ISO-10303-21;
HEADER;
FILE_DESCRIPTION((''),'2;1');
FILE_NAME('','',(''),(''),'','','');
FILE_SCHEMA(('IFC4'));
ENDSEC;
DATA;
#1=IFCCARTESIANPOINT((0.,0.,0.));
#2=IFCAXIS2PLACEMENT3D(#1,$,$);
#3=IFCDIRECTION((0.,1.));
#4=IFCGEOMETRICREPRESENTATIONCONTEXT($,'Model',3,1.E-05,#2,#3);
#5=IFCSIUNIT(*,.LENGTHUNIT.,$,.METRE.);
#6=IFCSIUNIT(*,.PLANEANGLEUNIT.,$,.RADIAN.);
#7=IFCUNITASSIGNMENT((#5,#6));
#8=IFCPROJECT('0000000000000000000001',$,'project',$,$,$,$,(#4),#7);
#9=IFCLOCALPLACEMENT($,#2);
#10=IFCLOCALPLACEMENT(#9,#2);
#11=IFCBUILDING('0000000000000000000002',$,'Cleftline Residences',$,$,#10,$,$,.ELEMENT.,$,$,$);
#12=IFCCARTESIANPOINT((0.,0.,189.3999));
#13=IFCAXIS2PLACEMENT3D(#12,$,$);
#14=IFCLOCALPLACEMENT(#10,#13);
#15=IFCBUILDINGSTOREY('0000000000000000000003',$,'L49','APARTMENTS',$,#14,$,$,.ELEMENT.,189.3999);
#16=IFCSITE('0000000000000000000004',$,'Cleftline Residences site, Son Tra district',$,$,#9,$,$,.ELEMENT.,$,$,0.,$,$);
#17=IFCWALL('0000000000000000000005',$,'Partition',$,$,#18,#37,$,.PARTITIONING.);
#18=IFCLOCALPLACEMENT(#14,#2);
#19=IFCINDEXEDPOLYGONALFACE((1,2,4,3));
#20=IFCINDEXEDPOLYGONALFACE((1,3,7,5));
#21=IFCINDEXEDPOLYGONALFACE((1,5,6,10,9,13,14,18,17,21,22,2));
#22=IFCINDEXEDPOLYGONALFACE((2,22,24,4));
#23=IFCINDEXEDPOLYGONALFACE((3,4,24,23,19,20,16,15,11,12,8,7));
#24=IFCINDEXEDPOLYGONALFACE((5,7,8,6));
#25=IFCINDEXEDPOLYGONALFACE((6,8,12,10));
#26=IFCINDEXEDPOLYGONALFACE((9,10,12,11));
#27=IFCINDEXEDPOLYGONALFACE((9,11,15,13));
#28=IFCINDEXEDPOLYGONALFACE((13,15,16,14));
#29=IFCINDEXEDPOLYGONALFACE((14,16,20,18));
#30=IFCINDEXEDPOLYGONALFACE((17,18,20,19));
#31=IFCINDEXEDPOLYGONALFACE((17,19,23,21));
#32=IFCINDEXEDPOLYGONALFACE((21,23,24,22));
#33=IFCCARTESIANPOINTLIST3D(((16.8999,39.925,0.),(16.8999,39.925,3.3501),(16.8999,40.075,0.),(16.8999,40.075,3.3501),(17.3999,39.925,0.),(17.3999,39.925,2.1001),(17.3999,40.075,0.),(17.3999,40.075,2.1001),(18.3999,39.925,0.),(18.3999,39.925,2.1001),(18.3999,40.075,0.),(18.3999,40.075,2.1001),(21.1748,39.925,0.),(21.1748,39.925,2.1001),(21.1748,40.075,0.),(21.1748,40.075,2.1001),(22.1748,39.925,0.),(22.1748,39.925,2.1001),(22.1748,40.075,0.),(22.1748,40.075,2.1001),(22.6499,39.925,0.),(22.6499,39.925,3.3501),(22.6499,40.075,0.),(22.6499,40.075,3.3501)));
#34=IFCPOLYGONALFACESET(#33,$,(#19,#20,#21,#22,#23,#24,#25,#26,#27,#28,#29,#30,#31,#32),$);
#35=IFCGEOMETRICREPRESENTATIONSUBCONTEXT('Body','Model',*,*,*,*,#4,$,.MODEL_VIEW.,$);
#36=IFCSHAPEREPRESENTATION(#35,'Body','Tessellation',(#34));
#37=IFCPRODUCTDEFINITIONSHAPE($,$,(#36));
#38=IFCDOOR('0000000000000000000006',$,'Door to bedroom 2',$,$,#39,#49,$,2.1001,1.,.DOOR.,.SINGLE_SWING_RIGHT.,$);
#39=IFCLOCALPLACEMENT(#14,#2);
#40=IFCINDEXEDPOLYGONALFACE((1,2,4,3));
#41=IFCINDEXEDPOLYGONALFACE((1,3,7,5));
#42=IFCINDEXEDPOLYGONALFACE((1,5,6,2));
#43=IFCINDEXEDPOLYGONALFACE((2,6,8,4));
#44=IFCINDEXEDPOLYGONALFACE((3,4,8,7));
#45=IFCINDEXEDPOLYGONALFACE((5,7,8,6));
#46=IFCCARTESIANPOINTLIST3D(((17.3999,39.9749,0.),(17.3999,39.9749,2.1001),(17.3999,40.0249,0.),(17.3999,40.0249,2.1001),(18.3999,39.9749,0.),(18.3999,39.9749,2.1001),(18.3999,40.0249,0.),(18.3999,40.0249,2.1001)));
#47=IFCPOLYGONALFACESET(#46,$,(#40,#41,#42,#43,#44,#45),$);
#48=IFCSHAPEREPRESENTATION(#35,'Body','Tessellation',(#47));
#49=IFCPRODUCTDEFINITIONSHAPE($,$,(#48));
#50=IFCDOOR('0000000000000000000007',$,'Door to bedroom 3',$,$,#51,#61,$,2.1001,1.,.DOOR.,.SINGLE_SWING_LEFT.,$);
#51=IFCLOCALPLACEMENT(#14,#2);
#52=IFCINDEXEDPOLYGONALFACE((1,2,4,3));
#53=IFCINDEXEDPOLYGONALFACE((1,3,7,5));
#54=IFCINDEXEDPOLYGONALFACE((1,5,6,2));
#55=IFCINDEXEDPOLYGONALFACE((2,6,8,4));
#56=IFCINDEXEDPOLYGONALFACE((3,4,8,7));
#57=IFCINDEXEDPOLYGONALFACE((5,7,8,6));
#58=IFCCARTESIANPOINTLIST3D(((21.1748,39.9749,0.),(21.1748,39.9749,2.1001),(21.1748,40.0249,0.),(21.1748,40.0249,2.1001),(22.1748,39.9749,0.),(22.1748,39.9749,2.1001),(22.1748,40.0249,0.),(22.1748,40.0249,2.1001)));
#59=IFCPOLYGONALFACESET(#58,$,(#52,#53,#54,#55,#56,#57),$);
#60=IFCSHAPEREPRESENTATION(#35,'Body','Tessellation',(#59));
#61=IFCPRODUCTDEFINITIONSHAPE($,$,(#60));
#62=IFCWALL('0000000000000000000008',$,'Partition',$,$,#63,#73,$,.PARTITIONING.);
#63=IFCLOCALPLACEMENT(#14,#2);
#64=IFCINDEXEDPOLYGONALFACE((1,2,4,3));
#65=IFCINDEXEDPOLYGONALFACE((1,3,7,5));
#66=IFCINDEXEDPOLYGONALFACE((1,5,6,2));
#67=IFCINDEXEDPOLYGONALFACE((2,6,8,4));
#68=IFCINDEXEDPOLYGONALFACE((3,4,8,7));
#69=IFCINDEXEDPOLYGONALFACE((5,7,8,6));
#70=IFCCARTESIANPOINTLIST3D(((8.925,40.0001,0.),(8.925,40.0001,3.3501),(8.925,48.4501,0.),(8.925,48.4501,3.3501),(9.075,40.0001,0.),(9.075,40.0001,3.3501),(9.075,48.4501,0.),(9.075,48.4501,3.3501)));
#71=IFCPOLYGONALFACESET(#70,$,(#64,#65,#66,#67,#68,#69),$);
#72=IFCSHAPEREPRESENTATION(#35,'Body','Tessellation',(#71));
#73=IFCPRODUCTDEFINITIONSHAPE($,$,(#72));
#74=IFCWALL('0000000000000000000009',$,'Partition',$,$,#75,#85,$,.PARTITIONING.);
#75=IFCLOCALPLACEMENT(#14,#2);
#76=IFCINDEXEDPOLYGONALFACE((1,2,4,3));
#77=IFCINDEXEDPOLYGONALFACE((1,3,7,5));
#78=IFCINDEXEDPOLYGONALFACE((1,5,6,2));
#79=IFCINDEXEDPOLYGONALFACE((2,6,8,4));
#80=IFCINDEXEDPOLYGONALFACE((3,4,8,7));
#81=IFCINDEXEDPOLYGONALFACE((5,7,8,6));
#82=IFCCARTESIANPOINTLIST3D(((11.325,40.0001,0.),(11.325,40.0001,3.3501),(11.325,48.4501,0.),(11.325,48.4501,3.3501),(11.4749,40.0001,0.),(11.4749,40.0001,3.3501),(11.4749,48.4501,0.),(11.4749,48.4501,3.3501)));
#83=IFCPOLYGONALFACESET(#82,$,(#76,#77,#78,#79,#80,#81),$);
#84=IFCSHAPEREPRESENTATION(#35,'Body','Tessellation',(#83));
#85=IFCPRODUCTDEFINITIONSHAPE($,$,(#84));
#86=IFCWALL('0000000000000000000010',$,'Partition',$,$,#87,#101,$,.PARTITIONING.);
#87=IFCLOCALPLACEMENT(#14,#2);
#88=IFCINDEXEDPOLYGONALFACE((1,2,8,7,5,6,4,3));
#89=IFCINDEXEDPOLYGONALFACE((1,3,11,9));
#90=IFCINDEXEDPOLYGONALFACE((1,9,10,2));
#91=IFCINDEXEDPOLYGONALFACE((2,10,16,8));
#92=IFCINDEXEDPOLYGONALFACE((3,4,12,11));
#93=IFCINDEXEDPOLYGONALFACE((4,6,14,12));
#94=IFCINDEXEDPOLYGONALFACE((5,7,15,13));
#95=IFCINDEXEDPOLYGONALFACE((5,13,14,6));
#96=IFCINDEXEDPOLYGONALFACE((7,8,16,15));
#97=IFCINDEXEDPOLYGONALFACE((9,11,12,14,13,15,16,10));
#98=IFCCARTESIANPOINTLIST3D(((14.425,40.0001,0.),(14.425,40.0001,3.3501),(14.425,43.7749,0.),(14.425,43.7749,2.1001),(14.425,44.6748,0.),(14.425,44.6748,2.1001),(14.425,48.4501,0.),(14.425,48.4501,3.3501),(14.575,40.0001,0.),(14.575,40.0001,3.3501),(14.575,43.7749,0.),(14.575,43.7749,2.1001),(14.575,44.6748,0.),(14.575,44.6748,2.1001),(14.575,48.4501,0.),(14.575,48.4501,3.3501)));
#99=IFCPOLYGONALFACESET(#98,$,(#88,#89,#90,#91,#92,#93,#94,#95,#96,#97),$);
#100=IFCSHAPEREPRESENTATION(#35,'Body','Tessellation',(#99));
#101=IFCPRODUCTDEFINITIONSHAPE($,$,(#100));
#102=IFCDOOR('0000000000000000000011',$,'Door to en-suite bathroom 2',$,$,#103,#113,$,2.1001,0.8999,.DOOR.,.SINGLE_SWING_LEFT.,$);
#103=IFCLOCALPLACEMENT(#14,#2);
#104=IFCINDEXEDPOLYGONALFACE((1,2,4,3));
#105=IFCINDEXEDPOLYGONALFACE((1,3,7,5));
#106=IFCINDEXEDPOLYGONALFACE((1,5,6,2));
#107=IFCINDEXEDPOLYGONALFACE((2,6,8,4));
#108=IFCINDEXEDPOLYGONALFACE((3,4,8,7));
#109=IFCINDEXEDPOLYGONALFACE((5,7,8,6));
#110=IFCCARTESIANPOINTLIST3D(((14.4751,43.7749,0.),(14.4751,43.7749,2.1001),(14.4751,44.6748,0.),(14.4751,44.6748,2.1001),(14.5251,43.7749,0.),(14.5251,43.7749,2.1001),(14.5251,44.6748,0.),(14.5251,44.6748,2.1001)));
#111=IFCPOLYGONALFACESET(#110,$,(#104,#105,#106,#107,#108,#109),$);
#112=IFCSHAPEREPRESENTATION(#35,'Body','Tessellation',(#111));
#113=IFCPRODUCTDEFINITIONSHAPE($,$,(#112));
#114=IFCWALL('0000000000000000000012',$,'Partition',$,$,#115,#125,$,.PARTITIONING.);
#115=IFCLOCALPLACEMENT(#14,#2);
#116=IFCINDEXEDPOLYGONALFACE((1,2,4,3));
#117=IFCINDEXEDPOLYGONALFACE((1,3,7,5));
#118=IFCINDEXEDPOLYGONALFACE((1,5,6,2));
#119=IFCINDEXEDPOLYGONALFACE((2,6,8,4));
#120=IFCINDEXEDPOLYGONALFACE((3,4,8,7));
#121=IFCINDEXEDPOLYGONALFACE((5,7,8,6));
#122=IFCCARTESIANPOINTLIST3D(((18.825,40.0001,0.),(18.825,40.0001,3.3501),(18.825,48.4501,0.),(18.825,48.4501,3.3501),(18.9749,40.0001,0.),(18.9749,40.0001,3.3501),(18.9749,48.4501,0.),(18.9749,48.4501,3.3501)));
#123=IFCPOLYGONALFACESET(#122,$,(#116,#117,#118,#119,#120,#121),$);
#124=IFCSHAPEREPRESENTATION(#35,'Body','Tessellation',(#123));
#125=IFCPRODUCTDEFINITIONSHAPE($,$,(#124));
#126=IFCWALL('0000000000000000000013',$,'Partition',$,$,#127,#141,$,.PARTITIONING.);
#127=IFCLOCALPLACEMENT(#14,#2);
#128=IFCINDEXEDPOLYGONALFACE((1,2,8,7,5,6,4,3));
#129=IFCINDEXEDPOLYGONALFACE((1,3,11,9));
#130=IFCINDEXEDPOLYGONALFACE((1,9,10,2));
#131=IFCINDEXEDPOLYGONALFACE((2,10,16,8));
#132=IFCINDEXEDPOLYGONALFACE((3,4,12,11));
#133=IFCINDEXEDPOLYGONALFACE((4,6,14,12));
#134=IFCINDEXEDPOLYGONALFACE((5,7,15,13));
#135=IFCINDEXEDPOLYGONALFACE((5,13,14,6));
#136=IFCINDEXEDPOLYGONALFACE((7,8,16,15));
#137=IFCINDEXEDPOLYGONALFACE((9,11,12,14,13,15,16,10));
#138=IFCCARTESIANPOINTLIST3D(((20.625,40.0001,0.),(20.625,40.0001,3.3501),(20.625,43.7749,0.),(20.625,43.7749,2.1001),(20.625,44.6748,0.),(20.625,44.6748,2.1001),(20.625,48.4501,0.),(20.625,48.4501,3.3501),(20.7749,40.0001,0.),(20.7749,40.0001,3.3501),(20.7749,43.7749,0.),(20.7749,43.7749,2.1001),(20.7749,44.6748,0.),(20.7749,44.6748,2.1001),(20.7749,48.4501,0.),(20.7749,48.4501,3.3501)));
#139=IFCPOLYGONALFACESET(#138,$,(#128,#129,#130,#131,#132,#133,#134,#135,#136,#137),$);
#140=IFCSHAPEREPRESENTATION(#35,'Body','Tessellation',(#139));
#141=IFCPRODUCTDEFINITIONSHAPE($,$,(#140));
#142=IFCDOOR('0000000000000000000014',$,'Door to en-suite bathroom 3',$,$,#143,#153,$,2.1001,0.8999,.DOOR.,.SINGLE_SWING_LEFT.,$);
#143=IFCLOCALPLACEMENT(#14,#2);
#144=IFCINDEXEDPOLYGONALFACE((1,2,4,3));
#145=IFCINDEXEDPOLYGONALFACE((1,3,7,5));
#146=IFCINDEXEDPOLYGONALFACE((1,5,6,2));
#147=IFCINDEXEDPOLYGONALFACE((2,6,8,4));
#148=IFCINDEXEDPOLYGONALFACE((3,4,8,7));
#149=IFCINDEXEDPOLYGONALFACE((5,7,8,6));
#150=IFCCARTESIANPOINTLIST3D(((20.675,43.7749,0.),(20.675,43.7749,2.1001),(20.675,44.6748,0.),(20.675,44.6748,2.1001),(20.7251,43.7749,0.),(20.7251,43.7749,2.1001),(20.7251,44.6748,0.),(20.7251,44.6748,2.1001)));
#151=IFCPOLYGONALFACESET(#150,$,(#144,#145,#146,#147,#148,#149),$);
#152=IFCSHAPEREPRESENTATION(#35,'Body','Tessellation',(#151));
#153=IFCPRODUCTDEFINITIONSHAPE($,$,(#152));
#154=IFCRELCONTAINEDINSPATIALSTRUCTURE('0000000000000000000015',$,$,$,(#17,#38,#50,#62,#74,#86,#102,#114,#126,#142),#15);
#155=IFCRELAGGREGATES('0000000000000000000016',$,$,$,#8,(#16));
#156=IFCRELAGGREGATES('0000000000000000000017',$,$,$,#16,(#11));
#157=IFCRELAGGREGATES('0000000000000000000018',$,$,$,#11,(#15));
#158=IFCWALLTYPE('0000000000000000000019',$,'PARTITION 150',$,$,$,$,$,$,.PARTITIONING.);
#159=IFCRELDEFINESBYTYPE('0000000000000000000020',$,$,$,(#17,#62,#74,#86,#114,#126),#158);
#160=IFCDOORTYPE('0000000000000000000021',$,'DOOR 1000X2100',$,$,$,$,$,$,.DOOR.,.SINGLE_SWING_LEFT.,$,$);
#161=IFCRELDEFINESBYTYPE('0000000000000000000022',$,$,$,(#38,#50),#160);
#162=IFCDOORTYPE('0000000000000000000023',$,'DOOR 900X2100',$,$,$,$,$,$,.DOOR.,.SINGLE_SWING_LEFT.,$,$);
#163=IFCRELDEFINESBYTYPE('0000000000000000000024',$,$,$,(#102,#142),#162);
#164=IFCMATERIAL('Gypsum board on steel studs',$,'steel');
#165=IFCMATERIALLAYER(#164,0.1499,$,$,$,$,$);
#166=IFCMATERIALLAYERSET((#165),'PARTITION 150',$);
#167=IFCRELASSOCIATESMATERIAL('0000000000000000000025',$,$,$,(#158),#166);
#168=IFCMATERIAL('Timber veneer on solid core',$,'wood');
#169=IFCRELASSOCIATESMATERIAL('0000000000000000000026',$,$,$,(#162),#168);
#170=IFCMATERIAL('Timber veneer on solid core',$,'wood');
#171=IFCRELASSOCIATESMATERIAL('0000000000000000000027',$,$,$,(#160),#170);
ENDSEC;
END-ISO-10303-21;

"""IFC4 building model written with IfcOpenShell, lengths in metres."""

from ifc_helpers import new_model, si_unit, direction, frame, frame_2d, origin, place, context, subcontext, project, spatial, rectangle, extrude, material, layer, layer_set, type_object, element, fill, save


model = new_model("IFC4")

# Units and contexts
model_context = context("Model", 3, precision=1e-05, world=origin(), true_north=direction((0.0, 1.0)))
body_context = subcontext(model_context, "Body", "Model", "MODEL_VIEW")
ifc_project = project(units=[si_unit("LENGTHUNIT", "METRE"), si_unit("PLANEANGLEUNIT", "RADIAN")], contexts=[model_context])

# Site, building, storey
site_placement = place(None, origin())
site = spatial("IfcSite", under=ifc_project, at=site_placement, Name="Cleftline Residences site, Son Tra district", CompositionType="ELEMENT", RefElevation=0.0)
building_placement = place(site_placement, origin())
building = spatial("IfcBuilding", under=site, at=building_placement, Name="Cleftline Residences", CompositionType="ELEMENT")
storey_placement = place(building_placement, frame((0.0, 0.0, 189.3999)))
storey = spatial("IfcBuildingStorey", under=building, at=storey_placement, Name="L49", Description="APARTMENTS", CompositionType="ELEMENT", Elevation=189.3999)

# Shared definitions
ifc_material_1 = material(Name="Gypsum board on steel studs", Category="steel")
ifc_layer = layer(ifc_material_1, 0.1499)
ifc_layer_set = layer_set([ifc_layer], Name="PARTITION 150")
wall_type = type_object("IfcWallType", Name="PARTITION 150", PredefinedType="PARTITIONING", material=ifc_layer_set)
ifc_material_2 = material(Name="Timber veneer on solid core", Category="wood")
door_type_1 = type_object("IfcDoorType", Name="DOOR 900X2100", OperationType="SINGLE_SWING_LEFT", PredefinedType="DOOR", material=ifc_material_2)

# Wall, openings, doors
wall_1_placement = place(storey_placement, frame((16.8999, 40.0, 0.0), z_axis=(0.0, 0.0, 1.0), x_axis=(1.0, 0.0, 0.0)))
wall_1 = element("IfcWall", 1, at=wall_1_placement, inside=storey, type_object=wall_type, Name="Partition", PredefinedType="PARTITIONING", context=body_context, shape_type="SweptSolid", body=[
    extrude(rectangle(XDim=5.75, YDim=0.1499, at=frame_2d((2.875, 0.0))), origin(), (0.0, 0.0, 1.0), 3.3501),
])
opening_1_placement = place(wall_1_placement, frame((0.5, 0.0, 0.0)))
opening_1 = element("IfcOpeningElement", 2, at=opening_1_placement, cuts=wall_1, PredefinedType="OPENING", context=body_context, shape_type="SweptSolid", body=[
    extrude(rectangle(XDim=1.0, YDim=2.1001, at=frame_2d((0.5, 1.05))), frame((0.0, 0.085, 0.0), z_axis=(0.0, -1.0, 0.0), x_axis=(1.0, 0.0, 0.0)), (0.0, 0.0, 1.0), 0.1699),
])
opening_2_placement = place(wall_1_placement, frame((4.2749, 0.0, 0.0)))
opening_2 = element("IfcOpeningElement", 3, at=opening_2_placement, cuts=wall_1, PredefinedType="OPENING", context=body_context, shape_type="SweptSolid", body=[
    extrude(rectangle(XDim=1.0, YDim=2.1001, at=frame_2d((0.5, 1.05))), frame((0.0, 0.085, 0.0), z_axis=(0.0, -1.0, 0.0), x_axis=(1.0, 0.0, 0.0)), (0.0, 0.0, 1.0), 0.1699),
])
ifc_material_3 = material(Name="Timber veneer on solid core", Category="wood")
door_type_2 = type_object("IfcDoorType", Name="DOOR 1000X2100", OperationType="SINGLE_SWING_LEFT", PredefinedType="DOOR", material=ifc_material_3)
door_1_placement = place(opening_1_placement, origin())
door_1 = element("IfcDoor", 4, at=door_1_placement, inside=storey, type_object=door_type_2, Name="Door to bedroom 2", OperationType="SINGLE_SWING_RIGHT", OverallHeight=2.1001, OverallWidth=1.0, PredefinedType="DOOR", context=body_context, shape_type="SweptSolid", body=[
    extrude(rectangle(XDim=1.0, YDim=2.1001, at=frame_2d((0.5, 1.05))), frame((0.0, 0.0249, 0.0), z_axis=(0.0, -1.0, 0.0), x_axis=(1.0, 0.0, 0.0)), (0.0, 0.0, 1.0), 0.05),
])
fill(opening_1, door_1)
door_2_placement = place(opening_2_placement, origin())
door_2 = element("IfcDoor", 5, at=door_2_placement, inside=storey, type_object=door_type_2, Name="Door to bedroom 3", OperationType="SINGLE_SWING_LEFT", OverallHeight=2.1001, OverallWidth=1.0, PredefinedType="DOOR", context=body_context, shape_type="SweptSolid", body=[
    extrude(rectangle(XDim=1.0, YDim=2.1001, at=frame_2d((0.5, 1.05))), frame((0.0, 0.0249, 0.0), z_axis=(0.0, -1.0, 0.0), x_axis=(1.0, 0.0, 0.0)), (0.0, 0.0, 1.0), 0.05),
])
fill(opening_2, door_2)

# Walls
for number, where, z_axis, x_axis, name in (
    (6, (9.0, 40.0, 0.0), (0.0, 0.0, 1.0), (0.0, 1.0, 0.0), "Partition"),
    (7, (11.3999, 40.0, 0.0), (0.0, 0.0, 1.0), (0.0, 1.0, 0.0), "Partition"),
):
    element("IfcWall", number, at=place(storey_placement, frame(where, z_axis=z_axis, x_axis=x_axis)), inside=storey, type_object=wall_type, Name=name, PredefinedType="PARTITIONING", context=body_context, shape_type="SweptSolid", body=[
        extrude(rectangle(XDim=8.45, YDim=0.1499, at=frame_2d((4.2251, 0.0))), origin(), (0.0, 0.0, 1.0), 3.3501),
    ])

# Wall, opening, door
wall_2_placement = place(storey_placement, frame((14.5, 40.0, 0.0), z_axis=(0.0, 0.0, 1.0), x_axis=(0.0, 1.0, 0.0)))
wall_2 = element("IfcWall", 8, at=wall_2_placement, inside=storey, type_object=wall_type, Name="Partition", PredefinedType="PARTITIONING", context=body_context, shape_type="SweptSolid", body=[
    extrude(rectangle(XDim=8.45, YDim=0.1499, at=frame_2d((4.2251, 0.0))), origin(), (0.0, 0.0, 1.0), 3.3501),
])
opening_3_placement = place(wall_2_placement, frame((3.7749, 0.0, 0.0)))
opening_3 = element("IfcOpeningElement", 9, at=opening_3_placement, cuts=wall_2, PredefinedType="OPENING", context=body_context, shape_type="SweptSolid", body=[
    extrude(rectangle(XDim=0.8999, YDim=2.1001, at=frame_2d((0.45, 1.05))), frame((0.0, 0.085, 0.0), z_axis=(0.0, -1.0, 0.0), x_axis=(1.0, 0.0, 0.0)), (0.0, 0.0, 1.0), 0.1699),
])
door_3_placement = place(opening_3_placement, origin())
door_3 = element("IfcDoor", 10, at=door_3_placement, inside=storey, type_object=door_type_1, Name="Door to en-suite bathroom 2", OperationType="SINGLE_SWING_LEFT", OverallHeight=2.1001, OverallWidth=0.8999, PredefinedType="DOOR", context=body_context, shape_type="SweptSolid", body=[
    extrude(rectangle(XDim=0.8999, YDim=2.1001, at=frame_2d((0.45, 1.05))), frame((0.0, 0.0249, 0.0), z_axis=(0.0, -1.0, 0.0), x_axis=(1.0, 0.0, 0.0)), (0.0, 0.0, 1.0), 0.05),
])
fill(opening_3, door_3)

# Wall
wall_3_placement = place(storey_placement, frame((18.8999, 40.0, 0.0), z_axis=(0.0, 0.0, 1.0), x_axis=(0.0, 1.0, 0.0)))
element("IfcWall", 11, at=wall_3_placement, inside=storey, type_object=wall_type, Name="Partition", PredefinedType="PARTITIONING", context=body_context, shape_type="SweptSolid", body=[
    extrude(rectangle(XDim=8.45, YDim=0.1499, at=frame_2d((4.2251, 0.0))), origin(), (0.0, 0.0, 1.0), 3.3501),
])

# Wall, opening, door
wall_4_placement = place(storey_placement, frame((20.7, 40.0, 0.0), z_axis=(0.0, 0.0, 1.0), x_axis=(0.0, 1.0, 0.0)))
wall_4 = element("IfcWall", 12, at=wall_4_placement, inside=storey, type_object=wall_type, Name="Partition", PredefinedType="PARTITIONING", context=body_context, shape_type="SweptSolid", body=[
    extrude(rectangle(XDim=8.45, YDim=0.1499, at=frame_2d((4.2251, 0.0))), origin(), (0.0, 0.0, 1.0), 3.3501),
])
opening_4_placement = place(wall_4_placement, frame((3.7749, 0.0, 0.0)))
opening_4 = element("IfcOpeningElement", 13, at=opening_4_placement, cuts=wall_4, PredefinedType="OPENING", context=body_context, shape_type="SweptSolid", body=[
    extrude(rectangle(XDim=0.8999, YDim=2.1001, at=frame_2d((0.45, 1.05))), frame((0.0, 0.085, 0.0), z_axis=(0.0, -1.0, 0.0), x_axis=(1.0, 0.0, 0.0)), (0.0, 0.0, 1.0), 0.1699),
])
door_4_placement = place(opening_4_placement, origin())
door_4 = element("IfcDoor", 14, at=door_4_placement, inside=storey, type_object=door_type_1, Name="Door to en-suite bathroom 3", OperationType="SINGLE_SWING_LEFT", OverallHeight=2.1001, OverallWidth=0.8999, PredefinedType="DOOR", context=body_context, shape_type="SweptSolid", body=[
    extrude(rectangle(XDim=0.8999, YDim=2.1001, at=frame_2d((0.45, 1.05))), frame((0.0, 0.0249, 0.0), z_axis=(0.0, -1.0, 0.0), x_axis=(1.0, 0.0, 0.0)), (0.0, 0.0, 1.0), 0.05),
])
fill(opening_4, door_4)

save(model, "model.ifc")
